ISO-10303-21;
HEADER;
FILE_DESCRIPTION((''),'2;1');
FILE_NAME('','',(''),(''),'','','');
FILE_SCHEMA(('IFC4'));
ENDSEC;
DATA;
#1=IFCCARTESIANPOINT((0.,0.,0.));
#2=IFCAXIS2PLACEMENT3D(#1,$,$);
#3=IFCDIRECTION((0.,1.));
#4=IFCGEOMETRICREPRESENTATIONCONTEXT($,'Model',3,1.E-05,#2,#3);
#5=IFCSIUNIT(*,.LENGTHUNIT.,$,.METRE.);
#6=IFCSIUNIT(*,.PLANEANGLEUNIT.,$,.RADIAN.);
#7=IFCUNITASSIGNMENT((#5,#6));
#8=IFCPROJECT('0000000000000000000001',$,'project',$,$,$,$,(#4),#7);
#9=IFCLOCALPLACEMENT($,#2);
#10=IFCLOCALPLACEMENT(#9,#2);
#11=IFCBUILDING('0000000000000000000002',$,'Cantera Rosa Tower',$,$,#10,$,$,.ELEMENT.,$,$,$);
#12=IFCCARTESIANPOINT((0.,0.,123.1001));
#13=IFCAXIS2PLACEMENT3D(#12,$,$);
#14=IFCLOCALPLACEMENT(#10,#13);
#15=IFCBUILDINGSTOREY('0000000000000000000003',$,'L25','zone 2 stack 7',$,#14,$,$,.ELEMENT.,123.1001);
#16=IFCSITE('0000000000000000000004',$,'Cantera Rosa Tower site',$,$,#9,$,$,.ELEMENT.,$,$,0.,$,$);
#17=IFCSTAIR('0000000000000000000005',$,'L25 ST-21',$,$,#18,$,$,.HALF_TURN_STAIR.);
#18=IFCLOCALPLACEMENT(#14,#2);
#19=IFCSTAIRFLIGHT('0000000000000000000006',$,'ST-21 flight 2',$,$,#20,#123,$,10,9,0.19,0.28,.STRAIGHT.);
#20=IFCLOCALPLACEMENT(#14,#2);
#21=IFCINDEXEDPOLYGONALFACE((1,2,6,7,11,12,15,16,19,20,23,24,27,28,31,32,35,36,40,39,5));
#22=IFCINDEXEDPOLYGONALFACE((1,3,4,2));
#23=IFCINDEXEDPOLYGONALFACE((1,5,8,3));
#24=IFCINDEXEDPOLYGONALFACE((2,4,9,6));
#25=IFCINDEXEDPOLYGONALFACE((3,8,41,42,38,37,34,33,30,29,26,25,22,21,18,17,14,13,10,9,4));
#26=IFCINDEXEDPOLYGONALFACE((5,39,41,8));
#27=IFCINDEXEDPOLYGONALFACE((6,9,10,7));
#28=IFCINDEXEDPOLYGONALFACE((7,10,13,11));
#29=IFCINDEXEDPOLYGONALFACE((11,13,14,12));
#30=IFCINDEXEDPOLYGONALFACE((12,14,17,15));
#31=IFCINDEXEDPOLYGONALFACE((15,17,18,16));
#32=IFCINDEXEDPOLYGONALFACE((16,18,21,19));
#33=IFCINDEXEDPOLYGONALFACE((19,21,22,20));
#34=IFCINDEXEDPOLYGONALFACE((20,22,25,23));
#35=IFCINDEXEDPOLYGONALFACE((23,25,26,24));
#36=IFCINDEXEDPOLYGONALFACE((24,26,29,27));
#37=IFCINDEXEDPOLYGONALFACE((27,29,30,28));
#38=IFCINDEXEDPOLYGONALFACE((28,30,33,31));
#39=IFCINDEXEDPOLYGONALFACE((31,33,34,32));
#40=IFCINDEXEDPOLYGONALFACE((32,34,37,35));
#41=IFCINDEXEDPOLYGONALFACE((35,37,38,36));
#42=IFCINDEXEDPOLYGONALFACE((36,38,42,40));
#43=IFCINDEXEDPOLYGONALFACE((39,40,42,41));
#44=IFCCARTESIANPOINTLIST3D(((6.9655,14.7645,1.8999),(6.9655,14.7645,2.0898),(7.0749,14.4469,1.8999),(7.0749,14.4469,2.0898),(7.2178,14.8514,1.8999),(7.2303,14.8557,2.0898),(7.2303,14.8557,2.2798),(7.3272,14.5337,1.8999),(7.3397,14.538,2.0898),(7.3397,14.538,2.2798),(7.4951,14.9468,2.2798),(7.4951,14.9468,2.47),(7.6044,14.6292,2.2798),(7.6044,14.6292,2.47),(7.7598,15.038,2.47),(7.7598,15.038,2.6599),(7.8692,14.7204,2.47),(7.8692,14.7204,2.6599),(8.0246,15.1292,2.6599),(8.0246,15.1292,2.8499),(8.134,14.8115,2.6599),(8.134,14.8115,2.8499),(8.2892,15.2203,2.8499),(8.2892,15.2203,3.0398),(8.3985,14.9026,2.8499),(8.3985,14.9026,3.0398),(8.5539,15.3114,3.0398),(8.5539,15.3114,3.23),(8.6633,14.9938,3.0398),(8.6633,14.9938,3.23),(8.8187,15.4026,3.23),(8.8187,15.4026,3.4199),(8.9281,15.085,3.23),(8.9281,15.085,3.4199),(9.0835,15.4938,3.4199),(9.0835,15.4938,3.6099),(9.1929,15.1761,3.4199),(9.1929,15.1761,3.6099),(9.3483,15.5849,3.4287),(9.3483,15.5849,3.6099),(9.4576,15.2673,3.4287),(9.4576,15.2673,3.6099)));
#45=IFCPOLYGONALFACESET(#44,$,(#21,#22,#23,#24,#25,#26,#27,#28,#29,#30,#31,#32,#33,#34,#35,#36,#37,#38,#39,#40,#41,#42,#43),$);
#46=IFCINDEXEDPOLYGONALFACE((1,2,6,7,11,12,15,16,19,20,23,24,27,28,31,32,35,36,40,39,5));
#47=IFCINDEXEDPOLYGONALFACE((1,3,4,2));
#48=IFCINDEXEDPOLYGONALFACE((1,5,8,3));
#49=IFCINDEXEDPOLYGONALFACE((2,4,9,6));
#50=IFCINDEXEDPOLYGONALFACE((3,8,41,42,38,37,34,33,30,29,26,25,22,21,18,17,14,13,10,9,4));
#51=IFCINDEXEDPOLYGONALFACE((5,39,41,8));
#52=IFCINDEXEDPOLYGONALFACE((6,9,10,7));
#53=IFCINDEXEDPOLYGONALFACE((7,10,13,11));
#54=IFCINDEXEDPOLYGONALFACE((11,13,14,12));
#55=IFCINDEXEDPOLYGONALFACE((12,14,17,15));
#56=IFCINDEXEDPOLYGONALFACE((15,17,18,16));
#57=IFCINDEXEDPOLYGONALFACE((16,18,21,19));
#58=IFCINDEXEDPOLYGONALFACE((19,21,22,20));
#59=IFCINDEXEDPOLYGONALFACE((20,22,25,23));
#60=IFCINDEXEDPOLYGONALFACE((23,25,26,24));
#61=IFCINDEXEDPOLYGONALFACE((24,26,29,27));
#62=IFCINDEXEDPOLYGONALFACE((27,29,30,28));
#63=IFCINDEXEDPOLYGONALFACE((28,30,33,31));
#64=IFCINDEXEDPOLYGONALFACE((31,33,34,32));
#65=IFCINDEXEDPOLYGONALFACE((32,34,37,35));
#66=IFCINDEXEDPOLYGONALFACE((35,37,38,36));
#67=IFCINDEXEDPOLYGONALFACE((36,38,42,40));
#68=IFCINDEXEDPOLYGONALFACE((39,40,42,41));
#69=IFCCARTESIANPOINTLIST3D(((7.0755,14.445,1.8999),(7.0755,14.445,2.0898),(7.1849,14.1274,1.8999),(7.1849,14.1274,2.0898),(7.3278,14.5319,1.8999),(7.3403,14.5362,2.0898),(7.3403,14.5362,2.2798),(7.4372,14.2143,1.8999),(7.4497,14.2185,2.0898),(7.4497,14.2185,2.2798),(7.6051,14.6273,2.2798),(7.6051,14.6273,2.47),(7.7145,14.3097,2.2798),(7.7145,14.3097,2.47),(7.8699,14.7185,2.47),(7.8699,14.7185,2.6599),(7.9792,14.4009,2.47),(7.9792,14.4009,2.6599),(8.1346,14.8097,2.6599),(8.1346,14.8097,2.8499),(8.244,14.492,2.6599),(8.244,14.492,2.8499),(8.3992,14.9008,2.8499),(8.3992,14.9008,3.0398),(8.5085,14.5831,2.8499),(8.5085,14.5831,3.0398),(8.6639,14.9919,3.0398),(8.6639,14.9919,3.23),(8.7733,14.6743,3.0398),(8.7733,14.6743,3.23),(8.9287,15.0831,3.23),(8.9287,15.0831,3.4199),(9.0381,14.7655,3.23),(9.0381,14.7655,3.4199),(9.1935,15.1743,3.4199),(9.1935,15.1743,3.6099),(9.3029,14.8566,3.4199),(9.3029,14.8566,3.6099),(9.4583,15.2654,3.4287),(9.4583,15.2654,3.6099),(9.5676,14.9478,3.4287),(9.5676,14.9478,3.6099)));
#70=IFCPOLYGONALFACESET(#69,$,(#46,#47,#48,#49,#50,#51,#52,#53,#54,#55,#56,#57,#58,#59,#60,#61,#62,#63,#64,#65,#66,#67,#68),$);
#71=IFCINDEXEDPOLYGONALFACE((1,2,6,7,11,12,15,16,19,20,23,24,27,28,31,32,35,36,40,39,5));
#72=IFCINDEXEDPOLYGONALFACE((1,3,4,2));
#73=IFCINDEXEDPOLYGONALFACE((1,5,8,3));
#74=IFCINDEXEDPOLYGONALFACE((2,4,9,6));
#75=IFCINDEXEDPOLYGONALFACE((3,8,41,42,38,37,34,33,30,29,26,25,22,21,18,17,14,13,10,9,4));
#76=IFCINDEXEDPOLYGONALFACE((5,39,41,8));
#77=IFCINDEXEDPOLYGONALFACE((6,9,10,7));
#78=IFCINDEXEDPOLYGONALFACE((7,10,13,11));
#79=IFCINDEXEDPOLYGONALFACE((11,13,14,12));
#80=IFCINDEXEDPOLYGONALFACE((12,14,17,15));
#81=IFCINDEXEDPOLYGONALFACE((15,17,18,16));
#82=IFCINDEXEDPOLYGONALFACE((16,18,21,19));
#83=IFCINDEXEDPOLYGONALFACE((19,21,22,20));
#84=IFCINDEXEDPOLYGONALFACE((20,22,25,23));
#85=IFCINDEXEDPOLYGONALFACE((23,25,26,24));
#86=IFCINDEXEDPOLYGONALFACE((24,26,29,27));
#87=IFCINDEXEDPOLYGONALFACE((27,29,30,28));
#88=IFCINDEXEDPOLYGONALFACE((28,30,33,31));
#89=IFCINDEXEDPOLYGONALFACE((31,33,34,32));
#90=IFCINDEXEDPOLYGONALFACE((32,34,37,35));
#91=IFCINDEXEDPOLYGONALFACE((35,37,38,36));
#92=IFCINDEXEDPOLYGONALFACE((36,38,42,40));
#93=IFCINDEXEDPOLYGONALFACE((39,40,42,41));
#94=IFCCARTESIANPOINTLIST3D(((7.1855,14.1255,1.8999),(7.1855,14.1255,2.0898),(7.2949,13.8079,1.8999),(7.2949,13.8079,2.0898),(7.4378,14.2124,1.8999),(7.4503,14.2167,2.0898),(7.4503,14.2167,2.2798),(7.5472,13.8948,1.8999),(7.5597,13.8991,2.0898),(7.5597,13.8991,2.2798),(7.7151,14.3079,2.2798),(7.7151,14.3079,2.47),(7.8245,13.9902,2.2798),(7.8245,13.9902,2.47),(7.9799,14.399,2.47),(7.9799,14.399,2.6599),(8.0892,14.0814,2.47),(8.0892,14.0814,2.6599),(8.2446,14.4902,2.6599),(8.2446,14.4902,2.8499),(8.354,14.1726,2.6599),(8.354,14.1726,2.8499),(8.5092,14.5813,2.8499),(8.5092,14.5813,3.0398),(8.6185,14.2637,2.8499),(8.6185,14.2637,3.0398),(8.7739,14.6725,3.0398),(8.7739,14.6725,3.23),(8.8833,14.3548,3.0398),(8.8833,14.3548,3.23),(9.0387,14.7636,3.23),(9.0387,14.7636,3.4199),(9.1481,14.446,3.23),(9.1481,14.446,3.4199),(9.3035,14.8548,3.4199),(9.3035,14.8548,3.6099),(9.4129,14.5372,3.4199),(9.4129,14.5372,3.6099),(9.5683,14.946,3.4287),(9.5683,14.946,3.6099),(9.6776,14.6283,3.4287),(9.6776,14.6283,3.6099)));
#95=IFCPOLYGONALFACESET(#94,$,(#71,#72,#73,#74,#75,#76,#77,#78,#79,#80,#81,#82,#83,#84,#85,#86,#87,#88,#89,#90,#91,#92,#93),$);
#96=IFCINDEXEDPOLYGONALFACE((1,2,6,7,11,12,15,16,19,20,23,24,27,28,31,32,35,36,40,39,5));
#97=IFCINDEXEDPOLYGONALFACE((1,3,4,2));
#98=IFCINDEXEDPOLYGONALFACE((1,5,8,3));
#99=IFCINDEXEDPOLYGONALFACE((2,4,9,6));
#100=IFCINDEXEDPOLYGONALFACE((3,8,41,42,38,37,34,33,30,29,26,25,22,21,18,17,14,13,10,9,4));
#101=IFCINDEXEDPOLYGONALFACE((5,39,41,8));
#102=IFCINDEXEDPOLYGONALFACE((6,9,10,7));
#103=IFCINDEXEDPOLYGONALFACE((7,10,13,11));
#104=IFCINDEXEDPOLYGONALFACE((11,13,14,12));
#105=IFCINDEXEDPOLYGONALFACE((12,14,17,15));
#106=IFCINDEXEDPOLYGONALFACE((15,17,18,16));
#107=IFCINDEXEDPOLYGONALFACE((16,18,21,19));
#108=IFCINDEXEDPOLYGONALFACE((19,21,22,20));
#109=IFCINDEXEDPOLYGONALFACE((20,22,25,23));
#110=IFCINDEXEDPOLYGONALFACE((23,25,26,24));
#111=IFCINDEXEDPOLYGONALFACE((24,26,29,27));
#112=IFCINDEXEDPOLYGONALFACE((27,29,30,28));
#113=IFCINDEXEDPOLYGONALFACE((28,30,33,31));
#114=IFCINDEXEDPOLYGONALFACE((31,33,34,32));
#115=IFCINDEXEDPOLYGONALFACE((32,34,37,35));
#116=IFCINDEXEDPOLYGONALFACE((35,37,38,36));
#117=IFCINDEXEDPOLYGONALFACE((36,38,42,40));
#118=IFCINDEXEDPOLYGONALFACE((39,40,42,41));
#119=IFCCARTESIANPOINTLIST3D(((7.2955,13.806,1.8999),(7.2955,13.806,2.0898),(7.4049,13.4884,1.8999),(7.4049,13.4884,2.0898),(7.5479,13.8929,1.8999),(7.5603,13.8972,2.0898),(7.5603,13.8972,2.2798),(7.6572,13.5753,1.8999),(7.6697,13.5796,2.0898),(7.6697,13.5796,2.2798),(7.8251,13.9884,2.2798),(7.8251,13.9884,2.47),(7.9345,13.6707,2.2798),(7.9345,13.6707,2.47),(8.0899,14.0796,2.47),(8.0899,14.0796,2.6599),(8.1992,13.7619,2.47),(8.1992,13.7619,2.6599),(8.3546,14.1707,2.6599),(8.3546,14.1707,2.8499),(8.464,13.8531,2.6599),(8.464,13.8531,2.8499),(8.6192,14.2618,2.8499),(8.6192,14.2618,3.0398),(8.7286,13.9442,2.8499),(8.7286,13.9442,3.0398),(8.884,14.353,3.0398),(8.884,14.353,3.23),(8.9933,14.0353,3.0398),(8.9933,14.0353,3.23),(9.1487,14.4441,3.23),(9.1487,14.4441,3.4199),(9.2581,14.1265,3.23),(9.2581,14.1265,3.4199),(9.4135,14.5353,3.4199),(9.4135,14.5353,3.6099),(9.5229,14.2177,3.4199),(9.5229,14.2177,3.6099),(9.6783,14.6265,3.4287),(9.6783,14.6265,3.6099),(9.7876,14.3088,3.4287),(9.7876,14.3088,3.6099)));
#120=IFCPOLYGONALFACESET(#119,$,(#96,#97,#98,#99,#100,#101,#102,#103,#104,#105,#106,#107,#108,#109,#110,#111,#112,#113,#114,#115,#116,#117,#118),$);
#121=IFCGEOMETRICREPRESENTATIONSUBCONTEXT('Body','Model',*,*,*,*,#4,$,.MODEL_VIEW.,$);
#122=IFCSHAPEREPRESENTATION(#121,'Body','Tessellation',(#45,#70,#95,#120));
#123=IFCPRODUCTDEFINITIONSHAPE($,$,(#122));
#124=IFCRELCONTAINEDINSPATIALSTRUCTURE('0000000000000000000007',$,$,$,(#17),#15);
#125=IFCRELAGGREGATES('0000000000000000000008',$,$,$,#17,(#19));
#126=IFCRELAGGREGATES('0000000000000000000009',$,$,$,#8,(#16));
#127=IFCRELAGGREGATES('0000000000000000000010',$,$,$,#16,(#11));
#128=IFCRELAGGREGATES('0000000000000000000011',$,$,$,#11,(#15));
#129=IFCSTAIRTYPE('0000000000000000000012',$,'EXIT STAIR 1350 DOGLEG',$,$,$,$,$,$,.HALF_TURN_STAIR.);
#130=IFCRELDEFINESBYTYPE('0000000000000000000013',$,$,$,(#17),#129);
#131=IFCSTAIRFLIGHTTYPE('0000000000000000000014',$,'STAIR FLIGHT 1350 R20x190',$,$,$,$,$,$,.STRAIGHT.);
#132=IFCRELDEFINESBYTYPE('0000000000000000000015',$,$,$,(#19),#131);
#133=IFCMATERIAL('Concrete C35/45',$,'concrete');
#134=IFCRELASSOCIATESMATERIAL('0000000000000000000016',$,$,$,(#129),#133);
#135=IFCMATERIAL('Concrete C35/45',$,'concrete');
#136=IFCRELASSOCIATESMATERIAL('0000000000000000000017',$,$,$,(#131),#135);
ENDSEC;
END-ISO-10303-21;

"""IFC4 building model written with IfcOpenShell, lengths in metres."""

from ifc_helpers import new_model, si_unit, direction, frame, origin, place, context, subcontext, project, spatial, polyline, outline, extrude, material, type_object, element, aggregate, save


model = new_model("IFC4")

# Units and contexts
model_context = context("Model", 3, precision=1e-05, world=origin(), true_north=direction((0.0, 1.0)))
body_context = subcontext(model_context, "Body", "Model", "MODEL_VIEW")
ifc_project = project(units=[si_unit("LENGTHUNIT", "METRE"), si_unit("PLANEANGLEUNIT", "RADIAN")], contexts=[model_context])

# Site, building, storey
site_placement = place(None, origin())
site = spatial("IfcSite", under=ifc_project, at=site_placement, Name="Cantera Rosa Tower site", CompositionType="ELEMENT", RefElevation=0.0)
building_placement = place(site_placement, origin())
building = spatial("IfcBuilding", under=site, at=building_placement, Name="Cantera Rosa Tower", CompositionType="ELEMENT")
storey_placement = place(building_placement, frame((0.0, 0.0, 123.1001)))
storey = spatial("IfcBuildingStorey", under=building, at=storey_placement, Name="L25", Description="zone 2 stack 7", CompositionType="ELEMENT", Elevation=123.1001)

# Shared definitions
ifc_material_1 = material(Name="Concrete C35/45", Category="concrete")
stair_type = type_object("IfcStairType", Name="EXIT STAIR 1350 DOGLEG", PredefinedType="HALF_TURN_STAIR", material=ifc_material_1)

# Stair, stair flight
stair_1_placement = place(storey_placement, origin())
stair_1 = element("IfcStair", 1, at=stair_1_placement, inside=storey, type_object=stair_type, Name="L25 ST-21", PredefinedType="HALF_TURN_STAIR")
ifc_material_2 = material(Name="Concrete C35/45", Category="concrete")
stair_flight_type = type_object("IfcStairFlightType", Name="STAIR FLIGHT 1350 R20x190", PredefinedType="STRAIGHT", material=ifc_material_2)
stair_flight_1_placement = place(storey_placement, frame((7.1853, 14.1262, 1.8999), z_axis=(0.0, 0.0, 1.0), x_axis=(0.945519, 0.325568, 0.0)))
stair_flight_1 = element("IfcStairFlight", 2, at=stair_flight_1_placement, type_object=stair_flight_type, Name="ST-21 flight 2", NumberOfRisers=10, NumberOfTreads=9, PredefinedType="STRAIGHT", RiserHeight=0.19, TreadLength=0.28, context=body_context, shape_type="SweptSolid", body=[
    extrude(outline(polyline([(0.0, 0.0), (0.0, 0.1899), (0.28, 0.1899), (0.28, 0.3799), (0.5601, 0.3799), (0.5601, 0.5701), (0.8401, 0.5701), (0.8401, 0.76), (1.1201, 0.76), (1.1201, 0.95), (1.3999, 0.95), (1.3999, 1.1399), (1.6799, 1.1399), (1.6799, 1.3301), (1.96, 1.3301), (1.96, 1.52), (2.24, 1.52), (2.24, 1.71), (2.52, 1.71), (2.52, 1.8999), (2.52, 1.5288), (0.2668, 0.0), (0.0, 0.0)])), frame((0.0, 0.675, 0.0), z_axis=(0.0, -1.0, 0.0), x_axis=(1.0, 0.0, 0.0)), (0.0, 0.0, 1.0), 0.3359),
    extrude(outline(polyline([(0.0, 0.0), (0.0, 0.1899), (0.28, 0.1899), (0.28, 0.3799), (0.5601, 0.3799), (0.5601, 0.5701), (0.8401, 0.5701), (0.8401, 0.76), (1.1201, 0.76), (1.1201, 0.95), (1.3999, 0.95), (1.3999, 1.1399), (1.6799, 1.1399), (1.6799, 1.3301), (1.96, 1.3301), (1.96, 1.52), (2.24, 1.52), (2.24, 1.71), (2.52, 1.71), (2.52, 1.8999), (2.52, 1.5288), (0.2668, 0.0), (0.0, 0.0)])), frame((0.0, 0.3372, 0.0), z_axis=(0.0, -1.0, 0.0), x_axis=(1.0, 0.0, 0.0)), (0.0, 0.0, 1.0), 0.3359),
    extrude(outline(polyline([(0.0, 0.0), (0.0, 0.1899), (0.28, 0.1899), (0.28, 0.3799), (0.5601, 0.3799), (0.5601, 0.5701), (0.8401, 0.5701), (0.8401, 0.76), (1.1201, 0.76), (1.1201, 0.95), (1.3999, 0.95), (1.3999, 1.1399), (1.6799, 1.1399), (1.6799, 1.3301), (1.96, 1.3301), (1.96, 1.52), (2.24, 1.52), (2.24, 1.71), (2.52, 1.71), (2.52, 1.8999), (2.52, 1.5288), (0.2668, 0.0), (0.0, 0.0)])), frame((0.0, -0.0007, 0.0), z_axis=(0.0, -1.0, 0.0), x_axis=(1.0, 0.0, 0.0)), (0.0, 0.0, 1.0), 0.3359),
    extrude(outline(polyline([(0.0, 0.0), (0.0, 0.1899), (0.28, 0.1899), (0.28, 0.3799), (0.5601, 0.3799), (0.5601, 0.5701), (0.8401, 0.5701), (0.8401, 0.76), (1.1201, 0.76), (1.1201, 0.95), (1.3999, 0.95), (1.3999, 1.1399), (1.6799, 1.1399), (1.6799, 1.3301), (1.96, 1.3301), (1.96, 1.52), (2.24, 1.52), (2.24, 1.71), (2.52, 1.71), (2.52, 1.8999), (2.52, 1.5288), (0.2668, 0.0), (0.0, 0.0)])), frame((0.0, -0.3386, 0.0), z_axis=(0.0, -1.0, 0.0), x_axis=(1.0, 0.0, 0.0)), (0.0, 0.0, 1.0), 0.3359),
])
aggregate(stair_1, [stair_flight_1])

save(model, "model.ifc")
